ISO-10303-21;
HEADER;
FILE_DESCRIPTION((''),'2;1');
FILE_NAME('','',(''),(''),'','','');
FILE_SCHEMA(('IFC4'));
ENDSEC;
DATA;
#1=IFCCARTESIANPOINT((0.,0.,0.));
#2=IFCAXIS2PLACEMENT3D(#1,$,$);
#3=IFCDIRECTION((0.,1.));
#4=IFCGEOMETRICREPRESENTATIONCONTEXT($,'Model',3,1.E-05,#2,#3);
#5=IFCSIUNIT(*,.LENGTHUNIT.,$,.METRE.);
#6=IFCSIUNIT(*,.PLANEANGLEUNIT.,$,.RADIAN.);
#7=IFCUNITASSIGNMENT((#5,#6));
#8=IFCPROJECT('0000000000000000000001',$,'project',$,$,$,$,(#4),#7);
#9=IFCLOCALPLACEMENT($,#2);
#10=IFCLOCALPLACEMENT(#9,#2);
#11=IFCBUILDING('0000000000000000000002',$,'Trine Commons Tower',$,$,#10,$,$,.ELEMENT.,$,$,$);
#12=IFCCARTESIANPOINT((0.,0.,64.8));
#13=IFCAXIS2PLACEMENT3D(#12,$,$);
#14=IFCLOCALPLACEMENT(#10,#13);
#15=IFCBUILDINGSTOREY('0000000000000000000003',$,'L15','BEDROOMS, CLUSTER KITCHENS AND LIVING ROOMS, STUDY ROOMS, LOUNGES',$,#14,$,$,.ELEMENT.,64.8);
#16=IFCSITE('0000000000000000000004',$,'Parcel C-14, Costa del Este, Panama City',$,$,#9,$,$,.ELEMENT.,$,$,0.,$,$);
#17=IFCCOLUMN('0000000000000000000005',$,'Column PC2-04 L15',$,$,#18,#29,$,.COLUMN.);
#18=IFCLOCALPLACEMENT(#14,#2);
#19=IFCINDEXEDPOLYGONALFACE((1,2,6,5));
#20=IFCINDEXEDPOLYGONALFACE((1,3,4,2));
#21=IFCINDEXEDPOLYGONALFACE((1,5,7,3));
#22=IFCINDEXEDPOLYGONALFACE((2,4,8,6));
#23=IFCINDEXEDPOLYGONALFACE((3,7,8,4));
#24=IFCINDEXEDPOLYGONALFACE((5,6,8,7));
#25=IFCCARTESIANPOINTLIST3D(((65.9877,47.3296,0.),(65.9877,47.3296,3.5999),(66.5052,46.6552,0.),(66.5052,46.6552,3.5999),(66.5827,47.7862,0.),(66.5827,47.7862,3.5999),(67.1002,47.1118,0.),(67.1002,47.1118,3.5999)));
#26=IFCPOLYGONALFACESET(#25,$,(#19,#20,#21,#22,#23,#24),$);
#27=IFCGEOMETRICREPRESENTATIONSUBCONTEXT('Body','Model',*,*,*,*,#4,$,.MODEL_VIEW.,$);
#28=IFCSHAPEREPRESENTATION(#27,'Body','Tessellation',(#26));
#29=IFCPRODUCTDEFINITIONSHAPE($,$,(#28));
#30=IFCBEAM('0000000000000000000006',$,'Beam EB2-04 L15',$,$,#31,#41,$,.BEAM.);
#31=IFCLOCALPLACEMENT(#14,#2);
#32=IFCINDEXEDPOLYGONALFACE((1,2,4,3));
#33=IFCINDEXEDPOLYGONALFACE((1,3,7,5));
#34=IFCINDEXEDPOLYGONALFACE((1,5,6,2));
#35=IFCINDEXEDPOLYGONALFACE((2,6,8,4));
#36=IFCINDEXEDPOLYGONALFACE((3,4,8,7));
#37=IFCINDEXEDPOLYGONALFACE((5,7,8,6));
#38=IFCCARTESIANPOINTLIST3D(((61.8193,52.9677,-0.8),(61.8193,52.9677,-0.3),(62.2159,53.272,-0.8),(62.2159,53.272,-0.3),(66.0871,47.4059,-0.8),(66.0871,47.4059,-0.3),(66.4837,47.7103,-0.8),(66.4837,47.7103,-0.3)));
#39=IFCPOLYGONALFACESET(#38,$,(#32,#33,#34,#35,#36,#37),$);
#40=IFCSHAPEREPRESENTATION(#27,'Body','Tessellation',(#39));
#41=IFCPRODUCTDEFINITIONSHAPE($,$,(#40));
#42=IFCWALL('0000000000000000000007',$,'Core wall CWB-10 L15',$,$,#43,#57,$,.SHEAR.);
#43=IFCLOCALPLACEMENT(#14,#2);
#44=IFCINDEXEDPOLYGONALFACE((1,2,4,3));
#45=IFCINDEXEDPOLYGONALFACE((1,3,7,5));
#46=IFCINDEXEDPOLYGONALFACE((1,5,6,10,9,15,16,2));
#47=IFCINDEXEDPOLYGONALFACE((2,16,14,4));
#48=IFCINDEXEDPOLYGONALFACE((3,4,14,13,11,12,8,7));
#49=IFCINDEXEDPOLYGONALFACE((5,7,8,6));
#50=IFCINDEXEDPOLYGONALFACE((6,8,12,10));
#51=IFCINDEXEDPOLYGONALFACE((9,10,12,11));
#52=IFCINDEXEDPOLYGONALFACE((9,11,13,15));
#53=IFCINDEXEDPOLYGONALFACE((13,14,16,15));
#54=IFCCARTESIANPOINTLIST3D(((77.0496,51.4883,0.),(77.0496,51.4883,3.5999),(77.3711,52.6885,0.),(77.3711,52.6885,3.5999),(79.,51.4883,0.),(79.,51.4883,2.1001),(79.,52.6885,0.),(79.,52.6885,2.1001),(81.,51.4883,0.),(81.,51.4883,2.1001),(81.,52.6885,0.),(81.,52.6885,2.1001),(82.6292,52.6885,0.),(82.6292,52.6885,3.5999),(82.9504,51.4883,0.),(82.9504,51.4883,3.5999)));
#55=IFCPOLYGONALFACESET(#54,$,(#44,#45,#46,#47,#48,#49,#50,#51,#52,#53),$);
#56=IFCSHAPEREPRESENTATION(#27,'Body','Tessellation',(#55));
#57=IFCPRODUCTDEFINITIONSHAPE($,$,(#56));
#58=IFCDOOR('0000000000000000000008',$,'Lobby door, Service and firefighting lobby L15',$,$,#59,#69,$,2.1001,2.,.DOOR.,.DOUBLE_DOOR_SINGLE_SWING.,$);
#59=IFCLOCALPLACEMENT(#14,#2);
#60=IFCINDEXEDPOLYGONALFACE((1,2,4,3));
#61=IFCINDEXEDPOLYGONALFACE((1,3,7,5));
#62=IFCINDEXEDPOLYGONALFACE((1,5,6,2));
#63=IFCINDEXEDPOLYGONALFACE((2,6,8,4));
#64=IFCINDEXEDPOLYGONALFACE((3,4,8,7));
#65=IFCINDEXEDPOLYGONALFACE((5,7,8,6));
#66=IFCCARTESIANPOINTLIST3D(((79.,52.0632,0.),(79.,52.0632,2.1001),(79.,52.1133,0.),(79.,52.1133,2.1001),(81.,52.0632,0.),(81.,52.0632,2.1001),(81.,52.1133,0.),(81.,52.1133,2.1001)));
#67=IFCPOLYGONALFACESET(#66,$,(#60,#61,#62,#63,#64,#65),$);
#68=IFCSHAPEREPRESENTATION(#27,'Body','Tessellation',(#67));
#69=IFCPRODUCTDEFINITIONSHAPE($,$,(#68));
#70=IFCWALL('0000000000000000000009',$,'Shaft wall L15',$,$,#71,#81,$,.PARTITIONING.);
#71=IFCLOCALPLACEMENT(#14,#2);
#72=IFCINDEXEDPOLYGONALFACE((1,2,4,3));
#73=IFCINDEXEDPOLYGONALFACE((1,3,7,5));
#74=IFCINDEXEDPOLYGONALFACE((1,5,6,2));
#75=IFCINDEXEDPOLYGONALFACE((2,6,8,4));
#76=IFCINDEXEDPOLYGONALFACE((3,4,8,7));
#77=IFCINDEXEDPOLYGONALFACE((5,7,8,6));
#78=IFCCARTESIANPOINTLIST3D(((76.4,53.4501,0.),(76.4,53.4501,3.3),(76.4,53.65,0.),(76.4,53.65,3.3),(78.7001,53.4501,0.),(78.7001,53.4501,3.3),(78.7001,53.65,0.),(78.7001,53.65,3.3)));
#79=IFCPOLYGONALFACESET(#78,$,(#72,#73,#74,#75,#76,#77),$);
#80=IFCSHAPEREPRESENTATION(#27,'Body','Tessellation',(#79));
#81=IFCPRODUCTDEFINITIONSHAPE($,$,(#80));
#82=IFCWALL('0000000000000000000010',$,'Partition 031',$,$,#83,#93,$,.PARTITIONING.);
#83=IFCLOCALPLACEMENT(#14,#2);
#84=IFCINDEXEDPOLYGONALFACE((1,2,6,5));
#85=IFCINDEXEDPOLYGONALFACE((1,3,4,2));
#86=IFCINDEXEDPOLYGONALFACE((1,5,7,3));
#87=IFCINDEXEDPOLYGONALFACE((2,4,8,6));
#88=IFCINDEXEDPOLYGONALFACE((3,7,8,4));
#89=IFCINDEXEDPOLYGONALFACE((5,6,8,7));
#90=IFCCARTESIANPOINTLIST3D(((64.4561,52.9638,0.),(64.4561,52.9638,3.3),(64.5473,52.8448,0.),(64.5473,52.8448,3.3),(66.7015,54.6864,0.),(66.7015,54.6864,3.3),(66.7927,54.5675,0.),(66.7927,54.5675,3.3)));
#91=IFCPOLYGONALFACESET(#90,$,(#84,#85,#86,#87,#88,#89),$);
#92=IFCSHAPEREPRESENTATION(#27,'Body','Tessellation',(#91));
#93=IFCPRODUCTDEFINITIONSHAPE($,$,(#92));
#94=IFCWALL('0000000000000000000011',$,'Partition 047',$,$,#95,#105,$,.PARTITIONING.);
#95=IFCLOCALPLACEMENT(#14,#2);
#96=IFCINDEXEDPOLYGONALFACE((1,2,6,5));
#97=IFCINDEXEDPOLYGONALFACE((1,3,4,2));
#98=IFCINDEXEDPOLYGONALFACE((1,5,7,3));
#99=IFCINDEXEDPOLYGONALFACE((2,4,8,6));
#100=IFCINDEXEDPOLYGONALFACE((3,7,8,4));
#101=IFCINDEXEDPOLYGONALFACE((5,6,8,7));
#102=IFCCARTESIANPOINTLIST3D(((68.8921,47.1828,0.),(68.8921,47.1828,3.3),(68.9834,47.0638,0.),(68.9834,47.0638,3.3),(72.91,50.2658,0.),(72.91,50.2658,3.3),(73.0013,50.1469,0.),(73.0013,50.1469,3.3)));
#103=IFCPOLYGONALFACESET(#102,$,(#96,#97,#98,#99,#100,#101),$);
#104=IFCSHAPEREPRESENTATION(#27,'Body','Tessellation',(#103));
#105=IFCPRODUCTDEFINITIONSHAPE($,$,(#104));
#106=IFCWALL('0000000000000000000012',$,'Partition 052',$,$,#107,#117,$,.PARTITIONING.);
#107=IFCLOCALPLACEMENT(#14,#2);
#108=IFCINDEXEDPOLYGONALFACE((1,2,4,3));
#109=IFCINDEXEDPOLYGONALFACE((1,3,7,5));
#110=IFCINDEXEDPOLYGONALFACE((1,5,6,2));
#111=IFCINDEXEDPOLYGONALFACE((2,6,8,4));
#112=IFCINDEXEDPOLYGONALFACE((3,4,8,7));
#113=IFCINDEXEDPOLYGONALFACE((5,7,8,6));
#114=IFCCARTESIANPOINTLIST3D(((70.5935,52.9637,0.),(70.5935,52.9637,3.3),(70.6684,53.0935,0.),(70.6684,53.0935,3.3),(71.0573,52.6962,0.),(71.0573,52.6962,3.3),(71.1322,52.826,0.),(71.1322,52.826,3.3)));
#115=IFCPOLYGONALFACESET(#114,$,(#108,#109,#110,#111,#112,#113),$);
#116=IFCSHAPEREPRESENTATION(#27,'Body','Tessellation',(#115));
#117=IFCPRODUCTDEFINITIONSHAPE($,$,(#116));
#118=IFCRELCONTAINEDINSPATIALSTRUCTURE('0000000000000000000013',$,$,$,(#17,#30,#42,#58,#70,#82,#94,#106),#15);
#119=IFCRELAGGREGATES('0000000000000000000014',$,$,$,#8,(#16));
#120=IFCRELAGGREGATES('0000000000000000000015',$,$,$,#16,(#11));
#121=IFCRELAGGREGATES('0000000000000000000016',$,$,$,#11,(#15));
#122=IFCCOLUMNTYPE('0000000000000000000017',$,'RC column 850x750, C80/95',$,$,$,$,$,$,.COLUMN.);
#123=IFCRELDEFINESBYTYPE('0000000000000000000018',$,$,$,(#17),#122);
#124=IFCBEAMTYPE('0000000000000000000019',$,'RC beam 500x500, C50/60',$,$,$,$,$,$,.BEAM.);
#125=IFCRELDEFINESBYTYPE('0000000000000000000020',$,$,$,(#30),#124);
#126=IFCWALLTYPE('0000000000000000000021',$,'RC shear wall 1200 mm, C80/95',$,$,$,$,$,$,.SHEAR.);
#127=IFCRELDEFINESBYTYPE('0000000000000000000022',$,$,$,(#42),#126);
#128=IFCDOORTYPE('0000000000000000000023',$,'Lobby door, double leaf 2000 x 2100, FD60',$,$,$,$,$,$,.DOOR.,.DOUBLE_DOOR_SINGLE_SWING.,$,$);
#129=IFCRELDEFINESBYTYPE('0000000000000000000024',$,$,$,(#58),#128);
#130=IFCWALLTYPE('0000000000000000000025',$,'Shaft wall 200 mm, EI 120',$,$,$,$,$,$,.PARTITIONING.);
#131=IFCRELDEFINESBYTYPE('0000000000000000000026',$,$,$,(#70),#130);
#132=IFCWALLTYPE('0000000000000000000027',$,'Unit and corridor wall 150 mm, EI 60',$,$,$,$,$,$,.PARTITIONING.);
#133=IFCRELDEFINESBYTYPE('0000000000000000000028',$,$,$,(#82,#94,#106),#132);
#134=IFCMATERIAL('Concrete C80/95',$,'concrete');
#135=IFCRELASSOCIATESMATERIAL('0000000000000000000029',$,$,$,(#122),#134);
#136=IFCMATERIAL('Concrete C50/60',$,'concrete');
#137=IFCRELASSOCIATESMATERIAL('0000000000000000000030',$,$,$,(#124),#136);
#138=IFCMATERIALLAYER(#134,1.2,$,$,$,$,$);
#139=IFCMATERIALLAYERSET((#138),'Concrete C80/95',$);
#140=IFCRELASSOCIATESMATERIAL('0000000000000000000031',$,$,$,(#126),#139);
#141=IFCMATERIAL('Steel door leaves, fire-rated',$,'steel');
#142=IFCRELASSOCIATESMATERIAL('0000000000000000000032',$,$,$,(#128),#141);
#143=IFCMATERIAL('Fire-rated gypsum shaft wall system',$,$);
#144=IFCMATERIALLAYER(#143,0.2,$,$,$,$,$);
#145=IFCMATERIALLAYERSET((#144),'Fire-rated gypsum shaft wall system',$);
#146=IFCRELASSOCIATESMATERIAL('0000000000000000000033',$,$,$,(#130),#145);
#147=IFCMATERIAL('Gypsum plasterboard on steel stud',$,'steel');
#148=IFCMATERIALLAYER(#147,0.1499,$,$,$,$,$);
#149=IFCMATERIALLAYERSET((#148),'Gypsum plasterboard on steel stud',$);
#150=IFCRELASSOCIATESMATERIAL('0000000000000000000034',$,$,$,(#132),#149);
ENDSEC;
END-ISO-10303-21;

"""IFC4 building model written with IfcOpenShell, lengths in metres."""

from ifc_helpers import new_model, si_unit, direction, frame, frame_2d, origin, origin_2d, place, context, subcontext, project, spatial, polyline, rectangle, outline, extrude, material, layer, layer_set, material_profile, profile_set, type_object, element, fill, save


model = new_model("IFC4")

# Units and contexts
model_context = context("Model", 3, precision=1e-05, world=origin(), true_north=direction((0.0, 1.0)))
body_context = subcontext(model_context, "Body", "Model", "MODEL_VIEW")
ifc_project = project(units=[si_unit("LENGTHUNIT", "METRE"), si_unit("PLANEANGLEUNIT", "RADIAN")], contexts=[model_context])

# Site, building, storey
site_placement = place(None, origin())
site = spatial("IfcSite", under=ifc_project, at=site_placement, Name="Parcel C-14, Costa del Este, Panama City", CompositionType="ELEMENT", RefElevation=0.0)
building_placement = place(site_placement, origin())
building = spatial("IfcBuilding", under=site, at=building_placement, Name="Trine Commons Tower", CompositionType="ELEMENT")
storey_placement = place(building_placement, frame((0.0, 0.0, 64.8)))
storey = spatial("IfcBuildingStorey", under=building, at=storey_placement, Name="L15", Description="BEDROOMS, CLUSTER KITCHENS AND LIVING ROOMS, STUDY ROOMS, LOUNGES", CompositionType="ELEMENT", Elevation=64.8)

# Column
ifc_material_1 = material(Name="Concrete C80/95", Category="concrete")
ifc_material_profile_1 = material_profile(ifc_material_1, rectangle(XDim=0.8501, YDim=0.75, at=origin_2d()), Name="RC 850x750")
ifc_profile_set_1 = profile_set([ifc_material_profile_1], Name="Concrete C80/95")
column_type = type_object("IfcColumnType", Name="RC column 850x750, C80/95", PredefinedType="COLUMN", material=ifc_profile_set_1)
column_placement = place(storey_placement, frame((66.5439, 47.2207, 0.0), z_axis=(0.0, 0.0, 1.0), x_axis=(-0.608761, 0.793353, 0.0)))
element("IfcColumn", 1, at=column_placement, inside=storey, type_object=column_type, Name="Column PC2-04 L15", PredefinedType="COLUMN", context=body_context, shape_type="SweptSolid", body=[
    extrude(rectangle(XDim=0.8501, YDim=0.75, at=origin_2d()), origin(), (0.0, 0.0, 1.0), 3.5999),
])

# Beam
ifc_material_2 = material(Name="Concrete C50/60", Category="concrete")
ifc_material_profile_2 = material_profile(ifc_material_2, rectangle(XDim=0.5, YDim=0.5, at=origin_2d()), Name="RC 500x500")
ifc_profile_set_2 = profile_set([ifc_material_profile_2], Name="Concrete C50/60")
beam_type = type_object("IfcBeamType", Name="RC beam 500x500, C50/60", PredefinedType="BEAM", material=ifc_profile_set_2)
beam_placement = place(storey_placement, frame((66.2854, 47.5581, -0.55), z_axis=(-0.608773, 0.793345, 0.0), x_axis=(-0.793345, -0.608773, 0.0)))
element("IfcBeam", 2, at=beam_placement, inside=storey, type_object=beam_type, Name="Beam EB2-04 L15", PredefinedType="BEAM", context=body_context, shape_type="SweptSolid", body=[
    extrude(rectangle(XDim=0.5, YDim=0.5, at=origin_2d()), origin(), (0.0, 0.0, 1.0), 7.0105),
])

# Wall, opening, door
ifc_layer_1 = layer(ifc_material_1, 1.2)
ifc_layer_set_1 = layer_set([ifc_layer_1], Name="Concrete C80/95")
wall_type_1 = type_object("IfcWallType", Name="RC shear wall 1200 mm, C80/95", PredefinedType="SHEAR", material=ifc_layer_set_1)
wall_1_placement = place(storey_placement, frame((77.0496, 52.0884, 0.0), z_axis=(0.0, 0.0, 1.0), x_axis=(1.0, 0.0, 0.0)))
wall_1 = element("IfcWall", 3, at=wall_1_placement, inside=storey, type_object=wall_type_1, Name="Core wall CWB-10 L15", PredefinedType="SHEAR", context=body_context, shape_type="SweptSolid", body=[
    extrude(outline(polyline([(0.0, -0.6001), (5.9009, -0.6001), (5.5796, 0.6001), (0.3215, 0.6001), (0.0, -0.6001)])), origin(), (0.0, 0.0, 1.0), 3.5999),
])
opening_1_placement = place(wall_1_placement, frame((1.9504, 0.0, 0.0)))
opening_1 = element("IfcOpeningElement", 4, at=opening_1_placement, cuts=wall_1, PredefinedType="OPENING", context=body_context, shape_type="SweptSolid", body=[
    extrude(rectangle(XDim=2.0, YDim=2.1001, at=frame_2d((1.0, 1.05))), frame((0.0, 0.6099, 0.0), z_axis=(0.0, -1.0, 0.0), x_axis=(1.0, 0.0, 0.0)), (0.0, 0.0, 1.0), 1.22),
])
ifc_material_3 = material(Name="Steel door leaves, fire-rated", Category="steel")
door_type_1 = type_object("IfcDoorType", Name="Lobby door, double leaf 2000 x 2100, FD60", OperationType="DOUBLE_DOOR_SINGLE_SWING", PredefinedType="DOOR", material=ifc_material_3)
door_1_placement = place(opening_1_placement, origin())
door_1 = element("IfcDoor", 5, at=door_1_placement, inside=storey, type_object=door_type_1, Name="Lobby door, Service and firefighting lobby L15", OperationType="DOUBLE_DOOR_SINGLE_SWING", OverallHeight=2.1001, OverallWidth=2.0, PredefinedType="DOOR", context=body_context, shape_type="SweptSolid", body=[
    extrude(rectangle(XDim=2.0, YDim=2.1001, at=frame_2d((1.0, 1.05))), frame((0.0, 0.0249, 0.0), z_axis=(0.0, -1.0, 0.0), x_axis=(1.0, 0.0, 0.0)), (0.0, 0.0, 1.0), 0.05),
])
fill(opening_1, door_1)

# Walls
ifc_material_4 = material(Name="Fire-rated gypsum shaft wall system")
ifc_layer_2 = layer(ifc_material_4, 0.2)
ifc_layer_set_2 = layer_set([ifc_layer_2], Name="Fire-rated gypsum shaft wall system")
wall_type_2 = type_object("IfcWallType", Name="Shaft wall 200 mm, EI 120", PredefinedType="PARTITIONING", material=ifc_layer_set_2)
wall_2_placement = place(storey_placement, frame((78.7, 53.55, 0.0), z_axis=(0.0, 0.0, 1.0), x_axis=(-1.0, 0.0, 0.0)))
element("IfcWall", 6, at=wall_2_placement, inside=storey, type_object=wall_type_2, Name="Shaft wall L15", PredefinedType="PARTITIONING", context=body_context, shape_type="SweptSolid", body=[
    extrude(rectangle(XDim=2.3, YDim=0.2, at=frame_2d((1.1499, 0.0))), origin(), (0.0, 0.0, 1.0), 3.3),
])
ifc_material_5 = material(Name="Gypsum plasterboard on steel stud", Category="steel")
ifc_layer_3 = layer(ifc_material_5, 0.1499)
ifc_layer_set_3 = layer_set([ifc_layer_3], Name="Gypsum plasterboard on steel stud")
wall_type_3 = type_object("IfcWallType", Name="Unit and corridor wall 150 mm, EI 60", PredefinedType="PARTITIONING", material=ifc_layer_set_3)
wall_3_placement = place(storey_placement, frame((64.5017, 52.9043, 0.0), z_axis=(0.0, 0.0, 1.0), x_axis=(0.793399, 0.608701, 0.0)))
element("IfcWall", 7, at=wall_3_placement, inside=storey, type_object=wall_type_3, Name="Partition 031", PredefinedType="PARTITIONING", context=body_context, shape_type="SweptSolid", body=[
    extrude(rectangle(XDim=2.8301, YDim=0.1499, at=frame_2d((1.415, 0.0))), origin(), (0.0, 0.0, 1.0), 3.3),
])
wall_4_placement = place(storey_placement, frame((68.9377, 47.1233, 0.0), z_axis=(0.0, 0.0, 1.0), x_axis=(0.793351, 0.608764, 0.0)))
element("IfcWall", 8, at=wall_4_placement, inside=storey, type_object=wall_type_3, Name="Partition 047", PredefinedType="PARTITIONING", context=body_context, shape_type="SweptSolid", body=[
    extrude(rectangle(XDim=5.0645, YDim=0.1499, at=frame_2d((2.5322, 0.0))), origin(), (0.0, 0.0, 1.0), 3.3),
])
wall_5_placement = place(storey_placement, frame((70.6311, 53.0286, 0.0), z_axis=(0.0, 0.0, 1.0), x_axis=(0.866216, -0.49967, 0.0)))
element("IfcWall", 9, at=wall_5_placement, inside=storey, type_object=wall_type_3, Name="Partition 052", PredefinedType="PARTITIONING", context=body_context, shape_type="SweptSolid", body=[
    extrude(rectangle(XDim=0.5354, YDim=0.1499, at=frame_2d((0.2676, 0.0))), origin(), (0.0, 0.0, 1.0), 3.3),
])

save(model, "model.ifc")
